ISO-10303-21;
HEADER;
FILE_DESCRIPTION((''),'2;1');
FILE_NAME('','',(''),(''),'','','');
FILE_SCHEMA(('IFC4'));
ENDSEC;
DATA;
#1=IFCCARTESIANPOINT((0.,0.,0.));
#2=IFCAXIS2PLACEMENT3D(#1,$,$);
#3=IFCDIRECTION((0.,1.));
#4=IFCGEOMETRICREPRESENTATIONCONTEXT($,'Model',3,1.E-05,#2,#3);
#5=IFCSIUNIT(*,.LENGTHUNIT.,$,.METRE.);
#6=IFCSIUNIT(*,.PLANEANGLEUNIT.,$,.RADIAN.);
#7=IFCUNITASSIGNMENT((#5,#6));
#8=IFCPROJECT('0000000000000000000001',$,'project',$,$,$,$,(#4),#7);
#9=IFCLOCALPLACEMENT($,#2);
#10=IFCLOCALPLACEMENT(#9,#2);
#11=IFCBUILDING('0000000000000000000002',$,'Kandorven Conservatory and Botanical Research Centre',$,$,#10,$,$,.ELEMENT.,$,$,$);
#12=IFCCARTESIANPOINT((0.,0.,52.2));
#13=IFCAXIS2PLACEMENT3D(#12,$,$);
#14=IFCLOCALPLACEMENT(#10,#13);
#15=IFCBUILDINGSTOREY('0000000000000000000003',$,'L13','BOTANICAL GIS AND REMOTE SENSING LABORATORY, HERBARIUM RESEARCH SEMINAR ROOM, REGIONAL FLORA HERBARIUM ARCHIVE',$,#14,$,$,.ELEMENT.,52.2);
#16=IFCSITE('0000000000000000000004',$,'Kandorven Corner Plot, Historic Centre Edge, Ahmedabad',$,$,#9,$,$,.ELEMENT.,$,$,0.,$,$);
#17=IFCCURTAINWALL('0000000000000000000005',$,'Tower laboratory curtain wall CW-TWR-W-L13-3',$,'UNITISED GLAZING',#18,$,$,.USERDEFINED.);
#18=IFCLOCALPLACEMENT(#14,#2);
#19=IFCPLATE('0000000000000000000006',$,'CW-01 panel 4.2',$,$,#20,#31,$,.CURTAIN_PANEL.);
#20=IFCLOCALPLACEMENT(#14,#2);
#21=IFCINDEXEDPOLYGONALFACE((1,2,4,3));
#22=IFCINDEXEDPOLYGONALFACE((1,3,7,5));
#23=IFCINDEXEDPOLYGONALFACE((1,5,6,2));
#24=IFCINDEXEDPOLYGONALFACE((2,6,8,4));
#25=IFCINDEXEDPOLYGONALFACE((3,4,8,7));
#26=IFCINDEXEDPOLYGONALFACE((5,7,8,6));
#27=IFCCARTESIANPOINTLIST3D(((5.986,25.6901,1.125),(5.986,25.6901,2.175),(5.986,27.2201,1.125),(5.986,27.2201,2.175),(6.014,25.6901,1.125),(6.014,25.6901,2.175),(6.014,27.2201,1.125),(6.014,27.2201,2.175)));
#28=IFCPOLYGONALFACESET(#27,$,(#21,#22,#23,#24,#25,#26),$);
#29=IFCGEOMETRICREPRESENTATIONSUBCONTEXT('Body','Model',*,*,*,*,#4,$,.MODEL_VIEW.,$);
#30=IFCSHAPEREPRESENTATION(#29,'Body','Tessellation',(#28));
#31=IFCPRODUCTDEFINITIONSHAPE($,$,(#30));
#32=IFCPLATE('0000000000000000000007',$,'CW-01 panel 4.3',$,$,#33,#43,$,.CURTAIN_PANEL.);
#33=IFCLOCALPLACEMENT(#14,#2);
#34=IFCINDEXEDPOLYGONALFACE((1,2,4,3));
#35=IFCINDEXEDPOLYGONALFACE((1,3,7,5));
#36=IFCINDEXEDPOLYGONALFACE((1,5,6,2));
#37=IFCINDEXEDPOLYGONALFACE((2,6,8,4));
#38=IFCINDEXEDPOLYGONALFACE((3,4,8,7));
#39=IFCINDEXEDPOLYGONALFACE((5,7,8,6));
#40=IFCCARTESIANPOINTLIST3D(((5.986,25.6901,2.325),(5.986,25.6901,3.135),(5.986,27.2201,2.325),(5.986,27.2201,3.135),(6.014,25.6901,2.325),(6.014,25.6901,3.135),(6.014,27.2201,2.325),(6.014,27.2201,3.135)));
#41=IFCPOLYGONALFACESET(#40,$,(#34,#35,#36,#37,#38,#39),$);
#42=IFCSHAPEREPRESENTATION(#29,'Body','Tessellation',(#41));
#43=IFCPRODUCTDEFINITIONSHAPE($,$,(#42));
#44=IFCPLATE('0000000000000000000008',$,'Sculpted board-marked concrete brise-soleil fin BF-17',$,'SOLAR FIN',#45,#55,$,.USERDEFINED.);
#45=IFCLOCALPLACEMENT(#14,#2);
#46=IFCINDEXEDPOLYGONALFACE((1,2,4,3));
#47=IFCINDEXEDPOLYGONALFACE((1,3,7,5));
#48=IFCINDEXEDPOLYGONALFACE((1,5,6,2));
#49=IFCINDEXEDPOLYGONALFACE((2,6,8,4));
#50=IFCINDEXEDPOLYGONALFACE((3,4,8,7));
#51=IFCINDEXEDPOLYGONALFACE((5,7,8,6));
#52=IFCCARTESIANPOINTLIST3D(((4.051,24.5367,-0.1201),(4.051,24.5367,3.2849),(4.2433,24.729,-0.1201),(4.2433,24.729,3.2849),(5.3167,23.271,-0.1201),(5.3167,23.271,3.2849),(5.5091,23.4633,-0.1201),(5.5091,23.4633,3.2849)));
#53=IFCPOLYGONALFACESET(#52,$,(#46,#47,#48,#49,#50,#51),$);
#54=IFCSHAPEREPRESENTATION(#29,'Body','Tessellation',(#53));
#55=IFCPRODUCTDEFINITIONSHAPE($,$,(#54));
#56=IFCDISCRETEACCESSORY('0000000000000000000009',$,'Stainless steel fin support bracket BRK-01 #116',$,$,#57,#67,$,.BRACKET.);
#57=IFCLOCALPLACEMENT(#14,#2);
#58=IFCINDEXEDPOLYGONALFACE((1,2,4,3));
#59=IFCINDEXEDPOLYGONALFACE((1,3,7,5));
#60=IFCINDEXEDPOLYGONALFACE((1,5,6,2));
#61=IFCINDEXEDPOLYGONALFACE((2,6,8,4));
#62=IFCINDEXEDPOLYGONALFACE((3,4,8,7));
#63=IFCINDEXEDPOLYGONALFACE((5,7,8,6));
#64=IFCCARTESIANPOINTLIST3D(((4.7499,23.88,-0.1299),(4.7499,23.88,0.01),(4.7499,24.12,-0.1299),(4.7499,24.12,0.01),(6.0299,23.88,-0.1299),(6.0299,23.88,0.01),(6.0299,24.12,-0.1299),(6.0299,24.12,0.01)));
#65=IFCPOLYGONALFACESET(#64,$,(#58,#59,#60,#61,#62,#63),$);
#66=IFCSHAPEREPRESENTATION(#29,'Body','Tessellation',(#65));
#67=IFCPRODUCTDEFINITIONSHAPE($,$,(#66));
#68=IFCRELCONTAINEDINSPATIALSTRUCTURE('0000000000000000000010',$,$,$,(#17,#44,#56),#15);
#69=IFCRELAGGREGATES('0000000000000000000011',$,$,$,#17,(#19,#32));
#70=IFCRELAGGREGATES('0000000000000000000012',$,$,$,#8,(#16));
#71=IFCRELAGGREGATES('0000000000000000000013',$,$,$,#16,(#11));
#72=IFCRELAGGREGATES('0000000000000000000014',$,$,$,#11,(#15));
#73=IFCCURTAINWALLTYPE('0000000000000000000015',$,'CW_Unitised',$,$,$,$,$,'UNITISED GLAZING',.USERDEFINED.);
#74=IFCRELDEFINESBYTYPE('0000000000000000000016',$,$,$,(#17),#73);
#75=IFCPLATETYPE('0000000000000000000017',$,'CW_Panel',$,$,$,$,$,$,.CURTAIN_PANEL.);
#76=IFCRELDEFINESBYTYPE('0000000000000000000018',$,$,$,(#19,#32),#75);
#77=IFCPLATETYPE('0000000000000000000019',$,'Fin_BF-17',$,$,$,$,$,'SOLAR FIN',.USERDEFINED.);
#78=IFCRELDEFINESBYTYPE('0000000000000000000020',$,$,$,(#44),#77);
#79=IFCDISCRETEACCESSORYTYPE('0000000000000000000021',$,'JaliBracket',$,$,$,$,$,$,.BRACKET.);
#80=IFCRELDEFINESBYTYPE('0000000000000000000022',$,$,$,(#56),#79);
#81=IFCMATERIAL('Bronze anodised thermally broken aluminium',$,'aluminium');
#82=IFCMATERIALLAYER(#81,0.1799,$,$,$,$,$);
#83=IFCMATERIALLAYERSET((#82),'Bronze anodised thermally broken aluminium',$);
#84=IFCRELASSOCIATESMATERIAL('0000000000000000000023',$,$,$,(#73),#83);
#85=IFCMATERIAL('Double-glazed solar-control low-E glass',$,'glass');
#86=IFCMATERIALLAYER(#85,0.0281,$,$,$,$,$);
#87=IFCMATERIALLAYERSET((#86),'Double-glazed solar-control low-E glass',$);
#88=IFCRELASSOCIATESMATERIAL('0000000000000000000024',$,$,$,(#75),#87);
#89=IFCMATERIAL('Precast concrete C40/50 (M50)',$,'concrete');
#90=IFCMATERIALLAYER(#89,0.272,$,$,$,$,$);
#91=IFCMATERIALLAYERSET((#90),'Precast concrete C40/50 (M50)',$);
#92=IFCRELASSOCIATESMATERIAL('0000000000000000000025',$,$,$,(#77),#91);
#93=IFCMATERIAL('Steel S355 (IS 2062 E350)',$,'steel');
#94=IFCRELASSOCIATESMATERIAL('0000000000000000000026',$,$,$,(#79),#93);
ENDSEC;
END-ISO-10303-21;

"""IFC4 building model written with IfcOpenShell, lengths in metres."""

from ifc_helpers import new_model, si_unit, direction, frame, origin, origin_2d, place, context, subcontext, project, spatial, rectangle, extrude, material, layer, layer_set, type_object, element, aggregate, save


model = new_model("IFC4")

# Units and contexts
model_context = context("Model", 3, precision=1e-05, world=origin(), true_north=direction((0.0, 1.0)))
body_context = subcontext(model_context, "Body", "Model", "MODEL_VIEW")
ifc_project = project(units=[si_unit("LENGTHUNIT", "METRE"), si_unit("PLANEANGLEUNIT", "RADIAN")], contexts=[model_context])

# Site, building, storey
site_placement = place(None, origin())
site = spatial("IfcSite", under=ifc_project, at=site_placement, Name="Kandorven Corner Plot, Historic Centre Edge, Ahmedabad", CompositionType="ELEMENT", RefElevation=0.0)
building_placement = place(site_placement, origin())
building = spatial("IfcBuilding", under=site, at=building_placement, Name="Kandorven Conservatory and Botanical Research Centre", CompositionType="ELEMENT")
storey_placement = place(building_placement, frame((0.0, 0.0, 52.2)))
storey = spatial("IfcBuildingStorey", under=building, at=storey_placement, Name="L13", Description="BOTANICAL GIS AND REMOTE SENSING LABORATORY, HERBARIUM RESEARCH SEMINAR ROOM, REGIONAL FLORA HERBARIUM ARCHIVE", CompositionType="ELEMENT", Elevation=52.2)

# Curtain wall, plates
ifc_material_1 = material(Name="Bronze anodised thermally broken aluminium", Category="aluminium")
ifc_layer_1 = layer(ifc_material_1, 0.1799)
ifc_layer_set_1 = layer_set([ifc_layer_1], Name="Bronze anodised thermally broken aluminium")
curtain_wall_type = type_object("IfcCurtainWallType", Name="CW_Unitised", ElementType="UNITISED GLAZING", PredefinedType="USERDEFINED", material=ifc_layer_set_1)
curtain_wall_placement = place(storey_placement, origin())
curtain_wall = element("IfcCurtainWall", 1, at=curtain_wall_placement, inside=storey, type_object=curtain_wall_type, Name="Tower laboratory curtain wall CW-TWR-W-L13-3", ObjectType="UNITISED GLAZING", PredefinedType="USERDEFINED")
ifc_material_2 = material(Name="Double-glazed solar-control low-E glass", Category="glass")
ifc_layer_2 = layer(ifc_material_2, 0.0281)
ifc_layer_set_2 = layer_set([ifc_layer_2], Name="Double-glazed solar-control low-E glass")
plate_type_1 = type_object("IfcPlateType", Name="CW_Panel", PredefinedType="CURTAIN_PANEL", material=ifc_layer_set_2)
plate_1_placement = place(storey_placement, frame((6.0, 26.4551, 1.125), z_axis=(0.0, 0.0, 1.0), x_axis=(0.0, 1.0, 0.0)))
plate_1 = element("IfcPlate", 2, at=plate_1_placement, type_object=plate_type_1, Name="CW-01 panel 4.2", PredefinedType="CURTAIN_PANEL", context=body_context, shape_type="SweptSolid", body=[
    extrude(rectangle(XDim=1.53, YDim=0.0281, at=origin_2d()), origin(), (0.0, 0.0, 1.0), 1.05),
])
plate_2_placement = place(storey_placement, frame((6.0, 26.4551, 2.325), z_axis=(0.0, 0.0, 1.0), x_axis=(0.0, 1.0, 0.0)))
plate_2 = element("IfcPlate", 3, at=plate_2_placement, type_object=plate_type_1, Name="CW-01 panel 4.3", PredefinedType="CURTAIN_PANEL", context=body_context, shape_type="SweptSolid", body=[
    extrude(rectangle(XDim=1.53, YDim=0.0281, at=origin_2d()), origin(), (0.0, 0.0, 1.0), 0.8101),
])
aggregate(curtain_wall, [plate_1, plate_2])

# Plate
ifc_material_3 = material(Name="Precast concrete C40/50 (M50)", Category="concrete")
ifc_layer_3 = layer(ifc_material_3, 0.272)
ifc_layer_set_3 = layer_set([ifc_layer_3], Name="Precast concrete C40/50 (M50)")
plate_type_2 = type_object("IfcPlateType", Name="Fin_BF-17", ElementType="SOLAR FIN", PredefinedType="USERDEFINED", material=ifc_layer_set_3)
plate_3_placement = place(storey_placement, frame((4.78, 24.0, -0.1201), z_axis=(0.0, 0.0, 1.0), x_axis=(-0.707107, 0.707107, 0.0)))
element("IfcPlate", 4, at=plate_3_placement, inside=storey, type_object=plate_type_2, Name="Sculpted board-marked concrete brise-soleil fin BF-17", ObjectType="SOLAR FIN", PredefinedType="USERDEFINED", context=body_context, shape_type="SweptSolid", body=[
    extrude(rectangle(XDim=1.79, YDim=0.272, at=origin_2d()), origin(), (0.0, 0.0, 1.0), 3.405),
])

# Discrete accessory
ifc_material_4 = material(Name="Steel S355 (IS 2062 E350)", Category="steel")
discrete_accessory_type = type_object("IfcDiscreteAccessoryType", Name="JaliBracket", PredefinedType="BRACKET", material=ifc_material_4)
discrete_accessory_placement = place(storey_placement, frame((5.3899, 24.0, -0.1299), z_axis=(0.0, 0.0, 1.0), x_axis=(1.0, 0.0, 0.0)))
element("IfcDiscreteAccessory", 5, at=discrete_accessory_placement, inside=storey, type_object=discrete_accessory_type, Name="Stainless steel fin support bracket BRK-01 #116", PredefinedType="BRACKET", context=body_context, shape_type="SweptSolid", body=[
    extrude(rectangle(XDim=1.28, YDim=0.24, at=origin_2d()), origin(), (0.0, 0.0, 1.0), 0.1399),
])

save(model, "model.ifc")
